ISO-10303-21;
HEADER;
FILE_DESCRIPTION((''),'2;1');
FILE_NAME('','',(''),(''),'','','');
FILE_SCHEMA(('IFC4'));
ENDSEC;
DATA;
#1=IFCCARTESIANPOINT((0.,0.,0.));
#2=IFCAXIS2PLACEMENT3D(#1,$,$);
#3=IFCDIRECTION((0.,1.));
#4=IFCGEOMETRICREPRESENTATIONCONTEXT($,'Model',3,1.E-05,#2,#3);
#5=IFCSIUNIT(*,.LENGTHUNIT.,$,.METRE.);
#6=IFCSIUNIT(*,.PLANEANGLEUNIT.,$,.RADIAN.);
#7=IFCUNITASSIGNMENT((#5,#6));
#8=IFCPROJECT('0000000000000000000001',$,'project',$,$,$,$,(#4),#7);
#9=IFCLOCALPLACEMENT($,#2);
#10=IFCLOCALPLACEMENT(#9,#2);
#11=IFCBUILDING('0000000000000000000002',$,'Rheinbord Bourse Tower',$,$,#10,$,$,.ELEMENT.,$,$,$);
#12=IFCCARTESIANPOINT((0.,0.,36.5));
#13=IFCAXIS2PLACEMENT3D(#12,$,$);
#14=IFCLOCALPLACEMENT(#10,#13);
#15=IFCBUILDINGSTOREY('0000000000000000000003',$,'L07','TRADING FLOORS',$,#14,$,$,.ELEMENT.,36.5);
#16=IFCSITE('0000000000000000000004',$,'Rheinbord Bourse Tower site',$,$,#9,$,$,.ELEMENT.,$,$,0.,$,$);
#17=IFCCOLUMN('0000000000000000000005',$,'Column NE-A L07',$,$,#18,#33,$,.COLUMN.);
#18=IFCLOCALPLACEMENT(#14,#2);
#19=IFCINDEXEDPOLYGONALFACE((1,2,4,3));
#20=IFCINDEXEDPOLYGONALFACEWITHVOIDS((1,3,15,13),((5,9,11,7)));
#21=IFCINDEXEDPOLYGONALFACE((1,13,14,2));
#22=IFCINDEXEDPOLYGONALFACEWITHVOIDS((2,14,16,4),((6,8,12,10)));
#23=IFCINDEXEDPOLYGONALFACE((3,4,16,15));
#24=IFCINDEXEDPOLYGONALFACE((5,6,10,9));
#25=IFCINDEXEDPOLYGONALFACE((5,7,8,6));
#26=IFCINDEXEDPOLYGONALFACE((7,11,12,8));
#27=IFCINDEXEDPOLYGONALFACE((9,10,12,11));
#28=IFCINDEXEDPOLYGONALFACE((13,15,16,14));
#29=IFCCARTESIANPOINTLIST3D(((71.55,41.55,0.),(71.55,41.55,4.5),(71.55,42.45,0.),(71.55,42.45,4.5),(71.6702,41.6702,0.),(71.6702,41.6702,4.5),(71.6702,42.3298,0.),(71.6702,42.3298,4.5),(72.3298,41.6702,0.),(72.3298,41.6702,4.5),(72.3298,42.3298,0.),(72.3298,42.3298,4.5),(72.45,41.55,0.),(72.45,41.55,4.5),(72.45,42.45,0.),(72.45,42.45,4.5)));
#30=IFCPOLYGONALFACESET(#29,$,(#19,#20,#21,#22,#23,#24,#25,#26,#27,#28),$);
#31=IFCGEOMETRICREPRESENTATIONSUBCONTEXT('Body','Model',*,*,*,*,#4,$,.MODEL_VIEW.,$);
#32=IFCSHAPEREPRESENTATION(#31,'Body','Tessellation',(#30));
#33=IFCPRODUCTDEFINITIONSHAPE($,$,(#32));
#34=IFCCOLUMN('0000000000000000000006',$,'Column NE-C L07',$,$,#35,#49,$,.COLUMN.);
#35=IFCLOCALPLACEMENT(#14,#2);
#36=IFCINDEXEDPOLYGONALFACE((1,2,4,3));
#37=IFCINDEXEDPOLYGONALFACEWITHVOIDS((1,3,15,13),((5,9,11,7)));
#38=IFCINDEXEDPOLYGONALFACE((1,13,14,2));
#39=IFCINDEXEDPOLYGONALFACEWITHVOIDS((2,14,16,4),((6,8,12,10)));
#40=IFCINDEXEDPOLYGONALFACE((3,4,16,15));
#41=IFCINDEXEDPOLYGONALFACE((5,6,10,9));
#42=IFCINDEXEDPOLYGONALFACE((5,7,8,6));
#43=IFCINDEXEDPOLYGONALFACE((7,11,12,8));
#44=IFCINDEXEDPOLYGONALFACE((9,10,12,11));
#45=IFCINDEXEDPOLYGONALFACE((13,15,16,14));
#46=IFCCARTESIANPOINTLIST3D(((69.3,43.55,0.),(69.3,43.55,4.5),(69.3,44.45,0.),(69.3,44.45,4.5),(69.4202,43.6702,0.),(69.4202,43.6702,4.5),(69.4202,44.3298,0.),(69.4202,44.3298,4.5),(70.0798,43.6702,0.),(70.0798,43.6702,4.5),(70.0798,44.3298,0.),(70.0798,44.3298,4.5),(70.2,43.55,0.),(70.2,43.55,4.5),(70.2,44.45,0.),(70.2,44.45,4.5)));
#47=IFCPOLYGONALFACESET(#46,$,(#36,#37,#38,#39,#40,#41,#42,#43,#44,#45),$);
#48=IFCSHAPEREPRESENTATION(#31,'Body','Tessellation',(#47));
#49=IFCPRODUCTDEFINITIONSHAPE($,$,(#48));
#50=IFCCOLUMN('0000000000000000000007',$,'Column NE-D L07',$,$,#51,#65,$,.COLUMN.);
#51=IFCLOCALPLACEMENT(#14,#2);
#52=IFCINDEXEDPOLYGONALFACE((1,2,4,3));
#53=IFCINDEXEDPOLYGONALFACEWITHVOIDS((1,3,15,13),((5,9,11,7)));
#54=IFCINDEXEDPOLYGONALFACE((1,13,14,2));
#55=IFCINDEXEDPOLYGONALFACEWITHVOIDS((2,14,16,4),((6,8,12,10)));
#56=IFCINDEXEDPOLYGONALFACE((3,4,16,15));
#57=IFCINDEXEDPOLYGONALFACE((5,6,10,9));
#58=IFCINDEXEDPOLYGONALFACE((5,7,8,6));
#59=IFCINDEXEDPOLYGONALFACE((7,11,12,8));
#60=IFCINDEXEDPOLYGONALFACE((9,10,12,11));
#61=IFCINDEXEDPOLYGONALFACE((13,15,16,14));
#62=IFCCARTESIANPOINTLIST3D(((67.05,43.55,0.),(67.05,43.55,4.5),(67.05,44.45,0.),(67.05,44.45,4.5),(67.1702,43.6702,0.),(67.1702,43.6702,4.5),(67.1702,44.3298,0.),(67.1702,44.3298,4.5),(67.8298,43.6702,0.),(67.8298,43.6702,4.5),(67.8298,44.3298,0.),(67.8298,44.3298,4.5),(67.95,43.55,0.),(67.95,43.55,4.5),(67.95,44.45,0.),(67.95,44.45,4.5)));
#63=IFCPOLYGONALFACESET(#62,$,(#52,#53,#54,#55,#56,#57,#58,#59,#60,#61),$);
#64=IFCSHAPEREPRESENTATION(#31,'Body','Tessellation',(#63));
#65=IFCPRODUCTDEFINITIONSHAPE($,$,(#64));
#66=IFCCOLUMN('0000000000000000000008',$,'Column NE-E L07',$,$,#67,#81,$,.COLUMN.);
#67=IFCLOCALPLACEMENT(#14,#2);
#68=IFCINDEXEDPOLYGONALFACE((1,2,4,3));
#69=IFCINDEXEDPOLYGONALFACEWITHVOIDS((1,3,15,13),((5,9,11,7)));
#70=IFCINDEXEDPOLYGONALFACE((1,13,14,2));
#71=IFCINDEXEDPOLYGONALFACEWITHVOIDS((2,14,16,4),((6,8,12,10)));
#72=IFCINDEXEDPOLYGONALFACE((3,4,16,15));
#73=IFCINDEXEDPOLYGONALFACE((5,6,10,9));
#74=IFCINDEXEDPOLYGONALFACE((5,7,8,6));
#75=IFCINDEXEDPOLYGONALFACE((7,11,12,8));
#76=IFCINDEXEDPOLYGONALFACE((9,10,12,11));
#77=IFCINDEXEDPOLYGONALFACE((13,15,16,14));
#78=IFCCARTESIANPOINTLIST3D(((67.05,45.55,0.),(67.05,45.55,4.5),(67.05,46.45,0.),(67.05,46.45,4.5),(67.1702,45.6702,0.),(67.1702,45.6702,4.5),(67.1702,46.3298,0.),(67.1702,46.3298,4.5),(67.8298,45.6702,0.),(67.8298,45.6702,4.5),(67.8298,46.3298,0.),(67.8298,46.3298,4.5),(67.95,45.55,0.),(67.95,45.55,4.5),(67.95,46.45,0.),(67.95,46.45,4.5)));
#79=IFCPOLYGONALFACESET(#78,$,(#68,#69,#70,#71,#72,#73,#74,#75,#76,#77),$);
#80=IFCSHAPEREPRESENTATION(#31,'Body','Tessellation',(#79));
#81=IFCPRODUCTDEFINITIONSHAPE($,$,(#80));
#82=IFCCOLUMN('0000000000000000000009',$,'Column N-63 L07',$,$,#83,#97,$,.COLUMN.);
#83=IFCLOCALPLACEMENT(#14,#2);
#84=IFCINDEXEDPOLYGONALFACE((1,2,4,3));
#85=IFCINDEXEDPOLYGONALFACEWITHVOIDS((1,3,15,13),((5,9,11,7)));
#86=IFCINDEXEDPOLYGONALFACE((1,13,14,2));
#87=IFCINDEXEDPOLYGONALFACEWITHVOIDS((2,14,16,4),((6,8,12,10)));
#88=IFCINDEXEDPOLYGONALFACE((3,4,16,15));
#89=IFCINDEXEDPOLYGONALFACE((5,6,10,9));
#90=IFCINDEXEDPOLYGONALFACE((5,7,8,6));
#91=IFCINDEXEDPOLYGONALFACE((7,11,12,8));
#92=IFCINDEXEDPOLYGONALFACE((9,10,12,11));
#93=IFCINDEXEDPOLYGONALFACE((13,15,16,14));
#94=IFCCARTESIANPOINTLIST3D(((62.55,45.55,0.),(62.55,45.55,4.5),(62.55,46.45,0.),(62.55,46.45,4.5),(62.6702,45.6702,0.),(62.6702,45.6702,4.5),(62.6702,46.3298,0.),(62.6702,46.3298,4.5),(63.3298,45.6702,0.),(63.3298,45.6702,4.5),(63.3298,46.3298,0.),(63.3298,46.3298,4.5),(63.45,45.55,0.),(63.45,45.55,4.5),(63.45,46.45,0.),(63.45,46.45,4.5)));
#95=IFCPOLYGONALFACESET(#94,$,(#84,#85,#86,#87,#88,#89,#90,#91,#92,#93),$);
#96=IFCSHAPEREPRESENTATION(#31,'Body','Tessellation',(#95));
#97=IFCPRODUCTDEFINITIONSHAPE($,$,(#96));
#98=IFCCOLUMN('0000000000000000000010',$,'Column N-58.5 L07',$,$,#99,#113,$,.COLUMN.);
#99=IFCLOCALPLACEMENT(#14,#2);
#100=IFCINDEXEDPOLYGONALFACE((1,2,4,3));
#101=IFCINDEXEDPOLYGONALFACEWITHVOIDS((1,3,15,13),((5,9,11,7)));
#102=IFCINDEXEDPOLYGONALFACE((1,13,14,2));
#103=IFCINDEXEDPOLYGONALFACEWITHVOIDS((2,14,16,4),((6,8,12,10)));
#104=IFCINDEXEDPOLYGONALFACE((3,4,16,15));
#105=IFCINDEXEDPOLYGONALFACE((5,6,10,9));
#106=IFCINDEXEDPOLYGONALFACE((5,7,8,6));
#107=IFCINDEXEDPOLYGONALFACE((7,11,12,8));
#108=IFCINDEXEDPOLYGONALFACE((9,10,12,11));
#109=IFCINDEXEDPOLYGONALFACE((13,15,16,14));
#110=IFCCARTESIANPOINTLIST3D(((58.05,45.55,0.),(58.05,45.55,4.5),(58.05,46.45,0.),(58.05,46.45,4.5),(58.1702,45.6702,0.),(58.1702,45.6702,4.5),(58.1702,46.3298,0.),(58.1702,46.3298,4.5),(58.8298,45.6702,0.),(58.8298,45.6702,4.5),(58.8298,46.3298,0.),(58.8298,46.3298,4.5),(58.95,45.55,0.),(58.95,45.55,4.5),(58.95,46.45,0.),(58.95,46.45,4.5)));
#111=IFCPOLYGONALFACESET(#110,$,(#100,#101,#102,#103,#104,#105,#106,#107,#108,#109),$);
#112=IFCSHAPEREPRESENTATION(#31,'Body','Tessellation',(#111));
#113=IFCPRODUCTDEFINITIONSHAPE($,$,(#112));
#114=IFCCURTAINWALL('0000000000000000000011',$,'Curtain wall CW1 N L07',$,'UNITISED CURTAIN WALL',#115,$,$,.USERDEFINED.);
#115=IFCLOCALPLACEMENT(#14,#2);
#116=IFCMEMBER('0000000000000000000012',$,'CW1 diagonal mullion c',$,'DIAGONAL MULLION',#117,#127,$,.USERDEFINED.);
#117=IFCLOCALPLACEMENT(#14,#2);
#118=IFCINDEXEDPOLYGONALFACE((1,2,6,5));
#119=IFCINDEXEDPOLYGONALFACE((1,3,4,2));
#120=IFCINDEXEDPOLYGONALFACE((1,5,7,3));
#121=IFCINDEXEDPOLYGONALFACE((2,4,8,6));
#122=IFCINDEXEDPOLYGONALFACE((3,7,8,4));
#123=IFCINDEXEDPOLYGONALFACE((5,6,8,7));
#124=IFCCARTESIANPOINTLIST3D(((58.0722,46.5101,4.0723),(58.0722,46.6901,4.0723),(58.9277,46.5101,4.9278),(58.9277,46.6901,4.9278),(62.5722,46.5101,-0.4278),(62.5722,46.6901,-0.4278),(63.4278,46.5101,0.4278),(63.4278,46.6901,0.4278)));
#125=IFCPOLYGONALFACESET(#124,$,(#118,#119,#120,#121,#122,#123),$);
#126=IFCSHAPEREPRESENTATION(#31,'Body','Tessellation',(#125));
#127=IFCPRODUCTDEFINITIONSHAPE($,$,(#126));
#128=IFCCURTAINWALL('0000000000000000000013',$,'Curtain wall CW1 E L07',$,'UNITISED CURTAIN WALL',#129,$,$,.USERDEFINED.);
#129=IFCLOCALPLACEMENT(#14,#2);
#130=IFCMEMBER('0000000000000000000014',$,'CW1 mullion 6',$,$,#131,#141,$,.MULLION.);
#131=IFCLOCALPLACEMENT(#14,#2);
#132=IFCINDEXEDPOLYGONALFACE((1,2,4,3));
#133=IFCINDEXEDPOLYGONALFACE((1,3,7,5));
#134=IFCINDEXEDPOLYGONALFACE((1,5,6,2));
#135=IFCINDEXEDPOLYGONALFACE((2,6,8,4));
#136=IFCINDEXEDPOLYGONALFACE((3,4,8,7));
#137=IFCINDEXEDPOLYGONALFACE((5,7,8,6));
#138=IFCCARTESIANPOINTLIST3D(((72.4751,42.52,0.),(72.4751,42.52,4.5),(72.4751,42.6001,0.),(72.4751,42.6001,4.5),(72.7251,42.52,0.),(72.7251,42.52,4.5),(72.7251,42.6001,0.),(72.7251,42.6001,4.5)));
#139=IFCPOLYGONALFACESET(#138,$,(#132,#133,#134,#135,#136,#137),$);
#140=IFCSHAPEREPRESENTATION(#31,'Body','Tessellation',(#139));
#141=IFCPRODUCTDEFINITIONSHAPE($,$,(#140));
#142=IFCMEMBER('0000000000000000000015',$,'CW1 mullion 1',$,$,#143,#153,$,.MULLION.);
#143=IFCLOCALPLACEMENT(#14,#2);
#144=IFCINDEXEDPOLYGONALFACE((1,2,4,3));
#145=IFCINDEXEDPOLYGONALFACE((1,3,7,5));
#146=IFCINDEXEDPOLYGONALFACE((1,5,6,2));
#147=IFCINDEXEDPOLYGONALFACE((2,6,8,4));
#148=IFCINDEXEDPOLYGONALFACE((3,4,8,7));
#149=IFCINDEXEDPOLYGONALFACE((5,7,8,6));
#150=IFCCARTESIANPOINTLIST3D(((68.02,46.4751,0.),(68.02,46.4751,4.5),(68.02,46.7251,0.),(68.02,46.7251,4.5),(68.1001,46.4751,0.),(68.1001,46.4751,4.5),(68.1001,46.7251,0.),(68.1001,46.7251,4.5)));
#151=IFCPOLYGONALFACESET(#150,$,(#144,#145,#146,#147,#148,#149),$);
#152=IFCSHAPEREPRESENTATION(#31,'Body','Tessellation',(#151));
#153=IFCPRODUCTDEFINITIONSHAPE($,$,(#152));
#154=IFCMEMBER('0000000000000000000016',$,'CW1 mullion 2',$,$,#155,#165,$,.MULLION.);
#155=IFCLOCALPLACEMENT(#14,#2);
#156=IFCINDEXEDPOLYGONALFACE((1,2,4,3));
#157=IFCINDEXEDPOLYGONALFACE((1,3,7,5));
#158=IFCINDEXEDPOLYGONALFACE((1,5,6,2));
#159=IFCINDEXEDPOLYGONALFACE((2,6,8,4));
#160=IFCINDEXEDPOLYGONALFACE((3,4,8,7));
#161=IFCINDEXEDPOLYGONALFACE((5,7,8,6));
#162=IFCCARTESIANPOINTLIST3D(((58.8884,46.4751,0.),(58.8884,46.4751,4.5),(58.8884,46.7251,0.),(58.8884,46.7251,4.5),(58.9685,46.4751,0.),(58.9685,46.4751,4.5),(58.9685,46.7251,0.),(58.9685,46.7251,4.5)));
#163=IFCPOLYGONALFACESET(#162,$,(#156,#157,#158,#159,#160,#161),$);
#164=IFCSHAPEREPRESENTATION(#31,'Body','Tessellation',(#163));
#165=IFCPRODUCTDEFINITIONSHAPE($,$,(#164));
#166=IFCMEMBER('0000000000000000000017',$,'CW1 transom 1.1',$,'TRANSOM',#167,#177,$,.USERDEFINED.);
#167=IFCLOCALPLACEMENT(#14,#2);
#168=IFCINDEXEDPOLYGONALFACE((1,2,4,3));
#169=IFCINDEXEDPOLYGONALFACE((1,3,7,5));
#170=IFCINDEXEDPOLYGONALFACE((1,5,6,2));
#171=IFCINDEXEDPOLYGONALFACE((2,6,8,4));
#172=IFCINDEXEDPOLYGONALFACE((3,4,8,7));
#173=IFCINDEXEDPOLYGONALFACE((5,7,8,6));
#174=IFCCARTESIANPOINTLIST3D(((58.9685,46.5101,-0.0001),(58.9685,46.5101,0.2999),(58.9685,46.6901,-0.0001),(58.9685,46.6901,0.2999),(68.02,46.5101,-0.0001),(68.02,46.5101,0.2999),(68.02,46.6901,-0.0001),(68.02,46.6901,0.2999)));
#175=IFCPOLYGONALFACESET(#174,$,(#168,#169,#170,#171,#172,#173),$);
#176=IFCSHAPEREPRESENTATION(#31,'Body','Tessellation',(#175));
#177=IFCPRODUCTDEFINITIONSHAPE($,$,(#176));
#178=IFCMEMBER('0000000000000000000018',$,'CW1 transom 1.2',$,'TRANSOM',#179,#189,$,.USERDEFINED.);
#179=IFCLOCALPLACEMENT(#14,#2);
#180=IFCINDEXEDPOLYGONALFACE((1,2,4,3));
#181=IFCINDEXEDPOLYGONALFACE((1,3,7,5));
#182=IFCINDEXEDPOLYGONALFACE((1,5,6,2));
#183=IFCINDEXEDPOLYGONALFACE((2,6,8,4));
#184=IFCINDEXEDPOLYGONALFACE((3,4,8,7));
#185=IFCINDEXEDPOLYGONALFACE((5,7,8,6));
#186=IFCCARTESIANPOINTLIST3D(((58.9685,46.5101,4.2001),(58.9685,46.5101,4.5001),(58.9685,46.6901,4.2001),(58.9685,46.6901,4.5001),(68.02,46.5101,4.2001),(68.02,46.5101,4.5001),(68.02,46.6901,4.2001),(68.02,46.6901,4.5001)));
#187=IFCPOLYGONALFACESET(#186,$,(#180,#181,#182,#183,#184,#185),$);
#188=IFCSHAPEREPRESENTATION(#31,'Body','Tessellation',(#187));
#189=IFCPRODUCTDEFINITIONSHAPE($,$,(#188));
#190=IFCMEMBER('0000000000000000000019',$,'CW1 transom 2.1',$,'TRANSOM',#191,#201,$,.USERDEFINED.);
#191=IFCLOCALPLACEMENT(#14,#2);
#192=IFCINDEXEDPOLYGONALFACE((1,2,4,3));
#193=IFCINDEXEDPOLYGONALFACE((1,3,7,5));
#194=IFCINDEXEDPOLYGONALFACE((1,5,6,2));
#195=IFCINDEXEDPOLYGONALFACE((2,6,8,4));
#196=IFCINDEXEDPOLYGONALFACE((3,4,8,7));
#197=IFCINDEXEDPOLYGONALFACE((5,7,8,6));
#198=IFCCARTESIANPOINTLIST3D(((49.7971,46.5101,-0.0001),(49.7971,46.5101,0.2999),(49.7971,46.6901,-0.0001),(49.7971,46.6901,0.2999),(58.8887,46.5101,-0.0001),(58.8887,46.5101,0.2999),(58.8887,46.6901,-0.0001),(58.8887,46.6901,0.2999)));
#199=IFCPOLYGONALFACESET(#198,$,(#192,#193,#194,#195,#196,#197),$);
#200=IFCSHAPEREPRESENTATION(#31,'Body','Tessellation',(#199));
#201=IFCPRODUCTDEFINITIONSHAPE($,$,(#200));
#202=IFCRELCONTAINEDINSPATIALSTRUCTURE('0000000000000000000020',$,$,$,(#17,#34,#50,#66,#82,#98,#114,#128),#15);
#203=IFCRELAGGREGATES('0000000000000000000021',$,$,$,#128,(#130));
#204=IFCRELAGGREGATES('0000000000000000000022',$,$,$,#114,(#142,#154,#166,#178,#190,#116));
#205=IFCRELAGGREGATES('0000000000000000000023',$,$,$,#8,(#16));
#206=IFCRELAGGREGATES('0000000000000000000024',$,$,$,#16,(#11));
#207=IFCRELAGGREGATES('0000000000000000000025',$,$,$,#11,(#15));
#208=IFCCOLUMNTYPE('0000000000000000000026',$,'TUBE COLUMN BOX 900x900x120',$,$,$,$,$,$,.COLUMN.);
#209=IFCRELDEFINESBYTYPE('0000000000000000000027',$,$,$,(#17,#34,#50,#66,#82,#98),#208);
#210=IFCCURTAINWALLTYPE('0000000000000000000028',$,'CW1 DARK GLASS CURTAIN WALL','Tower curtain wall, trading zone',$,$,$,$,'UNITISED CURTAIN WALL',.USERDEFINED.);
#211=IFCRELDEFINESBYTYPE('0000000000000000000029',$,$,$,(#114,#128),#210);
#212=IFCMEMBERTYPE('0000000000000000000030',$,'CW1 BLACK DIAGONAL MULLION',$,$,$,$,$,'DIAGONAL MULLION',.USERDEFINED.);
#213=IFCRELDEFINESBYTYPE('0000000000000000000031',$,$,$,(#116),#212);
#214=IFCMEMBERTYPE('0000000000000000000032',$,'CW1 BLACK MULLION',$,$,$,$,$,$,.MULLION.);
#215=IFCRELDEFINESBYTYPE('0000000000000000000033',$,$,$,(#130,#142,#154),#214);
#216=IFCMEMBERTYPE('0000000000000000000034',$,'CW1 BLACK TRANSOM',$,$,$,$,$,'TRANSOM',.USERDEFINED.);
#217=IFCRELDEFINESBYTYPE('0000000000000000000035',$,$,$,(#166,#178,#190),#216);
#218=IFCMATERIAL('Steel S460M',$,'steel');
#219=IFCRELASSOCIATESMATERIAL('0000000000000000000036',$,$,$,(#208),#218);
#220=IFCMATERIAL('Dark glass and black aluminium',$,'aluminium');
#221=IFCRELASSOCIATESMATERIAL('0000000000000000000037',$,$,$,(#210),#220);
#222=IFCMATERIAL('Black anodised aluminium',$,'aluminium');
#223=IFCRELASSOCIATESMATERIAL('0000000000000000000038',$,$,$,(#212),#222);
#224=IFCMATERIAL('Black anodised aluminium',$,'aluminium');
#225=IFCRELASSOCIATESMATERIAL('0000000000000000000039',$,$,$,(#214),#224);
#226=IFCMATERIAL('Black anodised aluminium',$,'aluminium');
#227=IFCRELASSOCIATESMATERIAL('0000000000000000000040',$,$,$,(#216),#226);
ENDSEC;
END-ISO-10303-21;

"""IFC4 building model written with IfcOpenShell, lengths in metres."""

from ifc_helpers import new_model, si_unit, direction, frame, origin, origin_2d, place, context, subcontext, project, spatial, rectangle, hollow_rectangle, extrude, material, material_profile, profile_set, type_object, element, aggregate, save


model = new_model("IFC4")

# Units and contexts
model_context = context("Model", 3, precision=1e-05, world=origin(), true_north=direction((0.0, 1.0)))
body_context = subcontext(model_context, "Body", "Model", "MODEL_VIEW")
ifc_project = project(units=[si_unit("LENGTHUNIT", "METRE"), si_unit("PLANEANGLEUNIT", "RADIAN")], contexts=[model_context])

# Site, building, storey
site_placement = place(None, origin())
site = spatial("IfcSite", under=ifc_project, at=site_placement, Name="Rheinbord Bourse Tower site", CompositionType="ELEMENT", RefElevation=0.0)
building_placement = place(site_placement, origin())
building = spatial("IfcBuilding", under=site, at=building_placement, Name="Rheinbord Bourse Tower", CompositionType="ELEMENT")
storey_placement = place(building_placement, frame((0.0, 0.0, 36.5)))
storey = spatial("IfcBuildingStorey", under=building, at=storey_placement, Name="L07", Description="TRADING FLOORS", CompositionType="ELEMENT", Elevation=36.5)

# Columns
ifc_material_1 = material(Name="Steel S460M", Category="steel")
ifc_material_profile_1 = material_profile(ifc_material_1, hollow_rectangle(XDim=0.8999, YDim=0.8999, WallThickness=0.1201, at=origin_2d()), Name="BOX 900x900x120")
ifc_profile_set_1 = profile_set([ifc_material_profile_1], Name="Steel S460M")
column_type = type_object("IfcColumnType", Name="TUBE COLUMN BOX 900x900x120", PredefinedType="COLUMN", material=ifc_profile_set_1)
for number, where, z_axis, x_axis, name in (
    (1, (72.0, 42.0, 0.0), (0.0, 0.0, 1.0), (1.0, 0.0, 0.0), "Column NE-A L07"),
    (2, (69.75, 44.0, 0.0), (0.0, 0.0, 1.0), (1.0, 0.0, 0.0), "Column NE-C L07"),
    (3, (67.5, 44.0, 0.0), (0.0, 0.0, 1.0), (0.0, 1.0, 0.0), "Column NE-D L07"),
    (4, (67.5, 46.0, 0.0), (0.0, 0.0, 1.0), (0.0, 1.0, 0.0), "Column NE-E L07"),
    (5, (63.0, 46.0, 0.0), (0.0, 0.0, 1.0), (0.0, 1.0, 0.0), "Column N-63 L07"),
    (6, (58.5, 46.0, 0.0), (0.0, 0.0, 1.0), (0.0, 1.0, 0.0), "Column N-58.5 L07"),
):
    element("IfcColumn", number, at=place(storey_placement, frame(where, z_axis=z_axis, x_axis=x_axis)), inside=storey, type_object=column_type, Name=name, PredefinedType="COLUMN", context=body_context, shape_type="SweptSolid", body=[
        extrude(hollow_rectangle(XDim=0.8999, YDim=0.8999, WallThickness=0.1201, at=origin_2d()), origin(), (0.0, 0.0, 1.0), 4.5),
    ])

# Curtain walls, members
ifc_material_2 = material(Name="Dark glass and black aluminium", Category="aluminium")
curtain_wall_type = type_object("IfcCurtainWallType", Name="CW1 DARK GLASS CURTAIN WALL", Description="Tower curtain wall, trading zone", ElementType="UNITISED CURTAIN WALL", PredefinedType="USERDEFINED", material=ifc_material_2)
curtain_wall_1_placement = place(storey_placement, origin())
curtain_wall_1 = element("IfcCurtainWall", 7, at=curtain_wall_1_placement, inside=storey, type_object=curtain_wall_type, Name="Curtain wall CW1 N L07", ObjectType="UNITISED CURTAIN WALL", PredefinedType="USERDEFINED")
ifc_material_3 = material(Name="Black anodised aluminium", Category="aluminium")
ifc_material_profile_2 = material_profile(ifc_material_3, rectangle(XDim=0.1799, YDim=1.21, at=origin_2d()), Name="CW1 DIAGONAL MULLION 1210x180")
ifc_profile_set_2 = profile_set([ifc_material_profile_2], Name="Black anodised aluminium")
member_type_1 = type_object("IfcMemberType", Name="CW1 BLACK DIAGONAL MULLION", ElementType="DIAGONAL MULLION", PredefinedType="USERDEFINED", material=ifc_profile_set_2)
member_1_placement = place(storey_placement, frame((63.0, 46.6001, 0.0), z_axis=(-0.707107, 0.0, 0.707107), x_axis=(0.0, -1.0, 0.0)))
member_1 = element("IfcMember", 8, at=member_1_placement, type_object=member_type_1, Name="CW1 diagonal mullion c", ObjectType="DIAGONAL MULLION", PredefinedType="USERDEFINED", context=body_context, shape_type="SweptSolid", body=[
    extrude(rectangle(XDim=0.1799, YDim=1.21, at=origin_2d()), origin(), (0.0, 0.0, 1.0), 6.364),
])
curtain_wall_2_placement = place(storey_placement, origin())
curtain_wall_2 = element("IfcCurtainWall", 9, at=curtain_wall_2_placement, inside=storey, type_object=curtain_wall_type, Name="Curtain wall CW1 E L07", ObjectType="UNITISED CURTAIN WALL", PredefinedType="USERDEFINED")
ifc_material_4 = material(Name="Black anodised aluminium", Category="aluminium")
ifc_material_profile_3 = material_profile(ifc_material_4, rectangle(XDim=0.25, YDim=0.0801, at=origin_2d()), Name="CW1 MULLION 80x250")
ifc_profile_set_3 = profile_set([ifc_material_profile_3], Name="Black anodised aluminium")
member_type_2 = type_object("IfcMemberType", Name="CW1 BLACK MULLION", PredefinedType="MULLION", material=ifc_profile_set_3)
member_2_placement = place(storey_placement, frame((72.6001, 42.5601, 0.0), z_axis=(0.0, 0.0, 1.0), x_axis=(-1.0, 0.0, 0.0)))
member_2 = element("IfcMember", 10, at=member_2_placement, type_object=member_type_2, Name="CW1 mullion 6", PredefinedType="MULLION", context=body_context, shape_type="SweptSolid", body=[
    extrude(rectangle(XDim=0.25, YDim=0.0801, at=origin_2d()), origin(), (0.0, 0.0, 1.0), 4.5),
])

# Members
member_3_placement = place(storey_placement, frame((68.0601, 46.6001, 0.0), z_axis=(0.0, 0.0, 1.0), x_axis=(0.0, -1.0, 0.0)))
member_3 = element("IfcMember", 11, at=member_3_placement, type_object=member_type_2, Name="CW1 mullion 1", PredefinedType="MULLION", context=body_context, shape_type="SweptSolid", body=[
    extrude(rectangle(XDim=0.25, YDim=0.0801, at=origin_2d()), origin(), (0.0, 0.0, 1.0), 4.5),
])
member_4_placement = place(storey_placement, frame((58.9285, 46.6001, 0.0), z_axis=(0.0, 0.0, 1.0), x_axis=(0.0, -1.0, 0.0)))
member_4 = element("IfcMember", 12, at=member_4_placement, type_object=member_type_2, Name="CW1 mullion 2", PredefinedType="MULLION", context=body_context, shape_type="SweptSolid", body=[
    extrude(rectangle(XDim=0.25, YDim=0.0801, at=origin_2d()), origin(), (0.0, 0.0, 1.0), 4.5),
])
ifc_material_5 = material(Name="Black anodised aluminium", Category="aluminium")
ifc_material_profile_4 = material_profile(ifc_material_5, rectangle(XDim=0.1799, YDim=0.3, at=origin_2d()), Name="CW1 TRANSOM 300x180")
ifc_profile_set_4 = profile_set([ifc_material_profile_4], Name="Black anodised aluminium")
member_type_3 = type_object("IfcMemberType", Name="CW1 BLACK TRANSOM", ElementType="TRANSOM", PredefinedType="USERDEFINED", material=ifc_profile_set_4)
member_5_placement = place(storey_placement, frame((68.02, 46.6001, 0.1499), z_axis=(-1.0, 0.0, 0.0), x_axis=(0.0, -1.0, 0.0)))
member_5 = element("IfcMember", 13, at=member_5_placement, type_object=member_type_3, Name="CW1 transom 1.1", ObjectType="TRANSOM", PredefinedType="USERDEFINED", context=body_context, shape_type="SweptSolid", body=[
    extrude(rectangle(XDim=0.1799, YDim=0.3, at=origin_2d()), origin(), (0.0, 0.0, 1.0), 9.0515),
])
member_6_placement = place(storey_placement, frame((68.02, 46.6001, 4.3501), z_axis=(-1.0, 0.0, 0.0), x_axis=(0.0, -1.0, 0.0)))
member_6 = element("IfcMember", 14, at=member_6_placement, type_object=member_type_3, Name="CW1 transom 1.2", ObjectType="TRANSOM", PredefinedType="USERDEFINED", context=body_context, shape_type="SweptSolid", body=[
    extrude(rectangle(XDim=0.1799, YDim=0.3, at=origin_2d()), origin(), (0.0, 0.0, 1.0), 9.0515),
])
member_7_placement = place(storey_placement, frame((58.8887, 46.6001, 0.1499), z_axis=(-1.0, 0.0, 0.0), x_axis=(0.0, -1.0, 0.0)))
member_7 = element("IfcMember", 15, at=member_7_placement, type_object=member_type_3, Name="CW1 transom 2.1", ObjectType="TRANSOM", PredefinedType="USERDEFINED", context=body_context, shape_type="SweptSolid", body=[
    extrude(rectangle(XDim=0.1799, YDim=0.3, at=origin_2d()), origin(), (0.0, 0.0, 1.0), 9.0916),
])

aggregate(curtain_wall_2, [member_2])
aggregate(curtain_wall_1, [member_3, member_4, member_5, member_6, member_7, member_1])

save(model, "model.ifc")
